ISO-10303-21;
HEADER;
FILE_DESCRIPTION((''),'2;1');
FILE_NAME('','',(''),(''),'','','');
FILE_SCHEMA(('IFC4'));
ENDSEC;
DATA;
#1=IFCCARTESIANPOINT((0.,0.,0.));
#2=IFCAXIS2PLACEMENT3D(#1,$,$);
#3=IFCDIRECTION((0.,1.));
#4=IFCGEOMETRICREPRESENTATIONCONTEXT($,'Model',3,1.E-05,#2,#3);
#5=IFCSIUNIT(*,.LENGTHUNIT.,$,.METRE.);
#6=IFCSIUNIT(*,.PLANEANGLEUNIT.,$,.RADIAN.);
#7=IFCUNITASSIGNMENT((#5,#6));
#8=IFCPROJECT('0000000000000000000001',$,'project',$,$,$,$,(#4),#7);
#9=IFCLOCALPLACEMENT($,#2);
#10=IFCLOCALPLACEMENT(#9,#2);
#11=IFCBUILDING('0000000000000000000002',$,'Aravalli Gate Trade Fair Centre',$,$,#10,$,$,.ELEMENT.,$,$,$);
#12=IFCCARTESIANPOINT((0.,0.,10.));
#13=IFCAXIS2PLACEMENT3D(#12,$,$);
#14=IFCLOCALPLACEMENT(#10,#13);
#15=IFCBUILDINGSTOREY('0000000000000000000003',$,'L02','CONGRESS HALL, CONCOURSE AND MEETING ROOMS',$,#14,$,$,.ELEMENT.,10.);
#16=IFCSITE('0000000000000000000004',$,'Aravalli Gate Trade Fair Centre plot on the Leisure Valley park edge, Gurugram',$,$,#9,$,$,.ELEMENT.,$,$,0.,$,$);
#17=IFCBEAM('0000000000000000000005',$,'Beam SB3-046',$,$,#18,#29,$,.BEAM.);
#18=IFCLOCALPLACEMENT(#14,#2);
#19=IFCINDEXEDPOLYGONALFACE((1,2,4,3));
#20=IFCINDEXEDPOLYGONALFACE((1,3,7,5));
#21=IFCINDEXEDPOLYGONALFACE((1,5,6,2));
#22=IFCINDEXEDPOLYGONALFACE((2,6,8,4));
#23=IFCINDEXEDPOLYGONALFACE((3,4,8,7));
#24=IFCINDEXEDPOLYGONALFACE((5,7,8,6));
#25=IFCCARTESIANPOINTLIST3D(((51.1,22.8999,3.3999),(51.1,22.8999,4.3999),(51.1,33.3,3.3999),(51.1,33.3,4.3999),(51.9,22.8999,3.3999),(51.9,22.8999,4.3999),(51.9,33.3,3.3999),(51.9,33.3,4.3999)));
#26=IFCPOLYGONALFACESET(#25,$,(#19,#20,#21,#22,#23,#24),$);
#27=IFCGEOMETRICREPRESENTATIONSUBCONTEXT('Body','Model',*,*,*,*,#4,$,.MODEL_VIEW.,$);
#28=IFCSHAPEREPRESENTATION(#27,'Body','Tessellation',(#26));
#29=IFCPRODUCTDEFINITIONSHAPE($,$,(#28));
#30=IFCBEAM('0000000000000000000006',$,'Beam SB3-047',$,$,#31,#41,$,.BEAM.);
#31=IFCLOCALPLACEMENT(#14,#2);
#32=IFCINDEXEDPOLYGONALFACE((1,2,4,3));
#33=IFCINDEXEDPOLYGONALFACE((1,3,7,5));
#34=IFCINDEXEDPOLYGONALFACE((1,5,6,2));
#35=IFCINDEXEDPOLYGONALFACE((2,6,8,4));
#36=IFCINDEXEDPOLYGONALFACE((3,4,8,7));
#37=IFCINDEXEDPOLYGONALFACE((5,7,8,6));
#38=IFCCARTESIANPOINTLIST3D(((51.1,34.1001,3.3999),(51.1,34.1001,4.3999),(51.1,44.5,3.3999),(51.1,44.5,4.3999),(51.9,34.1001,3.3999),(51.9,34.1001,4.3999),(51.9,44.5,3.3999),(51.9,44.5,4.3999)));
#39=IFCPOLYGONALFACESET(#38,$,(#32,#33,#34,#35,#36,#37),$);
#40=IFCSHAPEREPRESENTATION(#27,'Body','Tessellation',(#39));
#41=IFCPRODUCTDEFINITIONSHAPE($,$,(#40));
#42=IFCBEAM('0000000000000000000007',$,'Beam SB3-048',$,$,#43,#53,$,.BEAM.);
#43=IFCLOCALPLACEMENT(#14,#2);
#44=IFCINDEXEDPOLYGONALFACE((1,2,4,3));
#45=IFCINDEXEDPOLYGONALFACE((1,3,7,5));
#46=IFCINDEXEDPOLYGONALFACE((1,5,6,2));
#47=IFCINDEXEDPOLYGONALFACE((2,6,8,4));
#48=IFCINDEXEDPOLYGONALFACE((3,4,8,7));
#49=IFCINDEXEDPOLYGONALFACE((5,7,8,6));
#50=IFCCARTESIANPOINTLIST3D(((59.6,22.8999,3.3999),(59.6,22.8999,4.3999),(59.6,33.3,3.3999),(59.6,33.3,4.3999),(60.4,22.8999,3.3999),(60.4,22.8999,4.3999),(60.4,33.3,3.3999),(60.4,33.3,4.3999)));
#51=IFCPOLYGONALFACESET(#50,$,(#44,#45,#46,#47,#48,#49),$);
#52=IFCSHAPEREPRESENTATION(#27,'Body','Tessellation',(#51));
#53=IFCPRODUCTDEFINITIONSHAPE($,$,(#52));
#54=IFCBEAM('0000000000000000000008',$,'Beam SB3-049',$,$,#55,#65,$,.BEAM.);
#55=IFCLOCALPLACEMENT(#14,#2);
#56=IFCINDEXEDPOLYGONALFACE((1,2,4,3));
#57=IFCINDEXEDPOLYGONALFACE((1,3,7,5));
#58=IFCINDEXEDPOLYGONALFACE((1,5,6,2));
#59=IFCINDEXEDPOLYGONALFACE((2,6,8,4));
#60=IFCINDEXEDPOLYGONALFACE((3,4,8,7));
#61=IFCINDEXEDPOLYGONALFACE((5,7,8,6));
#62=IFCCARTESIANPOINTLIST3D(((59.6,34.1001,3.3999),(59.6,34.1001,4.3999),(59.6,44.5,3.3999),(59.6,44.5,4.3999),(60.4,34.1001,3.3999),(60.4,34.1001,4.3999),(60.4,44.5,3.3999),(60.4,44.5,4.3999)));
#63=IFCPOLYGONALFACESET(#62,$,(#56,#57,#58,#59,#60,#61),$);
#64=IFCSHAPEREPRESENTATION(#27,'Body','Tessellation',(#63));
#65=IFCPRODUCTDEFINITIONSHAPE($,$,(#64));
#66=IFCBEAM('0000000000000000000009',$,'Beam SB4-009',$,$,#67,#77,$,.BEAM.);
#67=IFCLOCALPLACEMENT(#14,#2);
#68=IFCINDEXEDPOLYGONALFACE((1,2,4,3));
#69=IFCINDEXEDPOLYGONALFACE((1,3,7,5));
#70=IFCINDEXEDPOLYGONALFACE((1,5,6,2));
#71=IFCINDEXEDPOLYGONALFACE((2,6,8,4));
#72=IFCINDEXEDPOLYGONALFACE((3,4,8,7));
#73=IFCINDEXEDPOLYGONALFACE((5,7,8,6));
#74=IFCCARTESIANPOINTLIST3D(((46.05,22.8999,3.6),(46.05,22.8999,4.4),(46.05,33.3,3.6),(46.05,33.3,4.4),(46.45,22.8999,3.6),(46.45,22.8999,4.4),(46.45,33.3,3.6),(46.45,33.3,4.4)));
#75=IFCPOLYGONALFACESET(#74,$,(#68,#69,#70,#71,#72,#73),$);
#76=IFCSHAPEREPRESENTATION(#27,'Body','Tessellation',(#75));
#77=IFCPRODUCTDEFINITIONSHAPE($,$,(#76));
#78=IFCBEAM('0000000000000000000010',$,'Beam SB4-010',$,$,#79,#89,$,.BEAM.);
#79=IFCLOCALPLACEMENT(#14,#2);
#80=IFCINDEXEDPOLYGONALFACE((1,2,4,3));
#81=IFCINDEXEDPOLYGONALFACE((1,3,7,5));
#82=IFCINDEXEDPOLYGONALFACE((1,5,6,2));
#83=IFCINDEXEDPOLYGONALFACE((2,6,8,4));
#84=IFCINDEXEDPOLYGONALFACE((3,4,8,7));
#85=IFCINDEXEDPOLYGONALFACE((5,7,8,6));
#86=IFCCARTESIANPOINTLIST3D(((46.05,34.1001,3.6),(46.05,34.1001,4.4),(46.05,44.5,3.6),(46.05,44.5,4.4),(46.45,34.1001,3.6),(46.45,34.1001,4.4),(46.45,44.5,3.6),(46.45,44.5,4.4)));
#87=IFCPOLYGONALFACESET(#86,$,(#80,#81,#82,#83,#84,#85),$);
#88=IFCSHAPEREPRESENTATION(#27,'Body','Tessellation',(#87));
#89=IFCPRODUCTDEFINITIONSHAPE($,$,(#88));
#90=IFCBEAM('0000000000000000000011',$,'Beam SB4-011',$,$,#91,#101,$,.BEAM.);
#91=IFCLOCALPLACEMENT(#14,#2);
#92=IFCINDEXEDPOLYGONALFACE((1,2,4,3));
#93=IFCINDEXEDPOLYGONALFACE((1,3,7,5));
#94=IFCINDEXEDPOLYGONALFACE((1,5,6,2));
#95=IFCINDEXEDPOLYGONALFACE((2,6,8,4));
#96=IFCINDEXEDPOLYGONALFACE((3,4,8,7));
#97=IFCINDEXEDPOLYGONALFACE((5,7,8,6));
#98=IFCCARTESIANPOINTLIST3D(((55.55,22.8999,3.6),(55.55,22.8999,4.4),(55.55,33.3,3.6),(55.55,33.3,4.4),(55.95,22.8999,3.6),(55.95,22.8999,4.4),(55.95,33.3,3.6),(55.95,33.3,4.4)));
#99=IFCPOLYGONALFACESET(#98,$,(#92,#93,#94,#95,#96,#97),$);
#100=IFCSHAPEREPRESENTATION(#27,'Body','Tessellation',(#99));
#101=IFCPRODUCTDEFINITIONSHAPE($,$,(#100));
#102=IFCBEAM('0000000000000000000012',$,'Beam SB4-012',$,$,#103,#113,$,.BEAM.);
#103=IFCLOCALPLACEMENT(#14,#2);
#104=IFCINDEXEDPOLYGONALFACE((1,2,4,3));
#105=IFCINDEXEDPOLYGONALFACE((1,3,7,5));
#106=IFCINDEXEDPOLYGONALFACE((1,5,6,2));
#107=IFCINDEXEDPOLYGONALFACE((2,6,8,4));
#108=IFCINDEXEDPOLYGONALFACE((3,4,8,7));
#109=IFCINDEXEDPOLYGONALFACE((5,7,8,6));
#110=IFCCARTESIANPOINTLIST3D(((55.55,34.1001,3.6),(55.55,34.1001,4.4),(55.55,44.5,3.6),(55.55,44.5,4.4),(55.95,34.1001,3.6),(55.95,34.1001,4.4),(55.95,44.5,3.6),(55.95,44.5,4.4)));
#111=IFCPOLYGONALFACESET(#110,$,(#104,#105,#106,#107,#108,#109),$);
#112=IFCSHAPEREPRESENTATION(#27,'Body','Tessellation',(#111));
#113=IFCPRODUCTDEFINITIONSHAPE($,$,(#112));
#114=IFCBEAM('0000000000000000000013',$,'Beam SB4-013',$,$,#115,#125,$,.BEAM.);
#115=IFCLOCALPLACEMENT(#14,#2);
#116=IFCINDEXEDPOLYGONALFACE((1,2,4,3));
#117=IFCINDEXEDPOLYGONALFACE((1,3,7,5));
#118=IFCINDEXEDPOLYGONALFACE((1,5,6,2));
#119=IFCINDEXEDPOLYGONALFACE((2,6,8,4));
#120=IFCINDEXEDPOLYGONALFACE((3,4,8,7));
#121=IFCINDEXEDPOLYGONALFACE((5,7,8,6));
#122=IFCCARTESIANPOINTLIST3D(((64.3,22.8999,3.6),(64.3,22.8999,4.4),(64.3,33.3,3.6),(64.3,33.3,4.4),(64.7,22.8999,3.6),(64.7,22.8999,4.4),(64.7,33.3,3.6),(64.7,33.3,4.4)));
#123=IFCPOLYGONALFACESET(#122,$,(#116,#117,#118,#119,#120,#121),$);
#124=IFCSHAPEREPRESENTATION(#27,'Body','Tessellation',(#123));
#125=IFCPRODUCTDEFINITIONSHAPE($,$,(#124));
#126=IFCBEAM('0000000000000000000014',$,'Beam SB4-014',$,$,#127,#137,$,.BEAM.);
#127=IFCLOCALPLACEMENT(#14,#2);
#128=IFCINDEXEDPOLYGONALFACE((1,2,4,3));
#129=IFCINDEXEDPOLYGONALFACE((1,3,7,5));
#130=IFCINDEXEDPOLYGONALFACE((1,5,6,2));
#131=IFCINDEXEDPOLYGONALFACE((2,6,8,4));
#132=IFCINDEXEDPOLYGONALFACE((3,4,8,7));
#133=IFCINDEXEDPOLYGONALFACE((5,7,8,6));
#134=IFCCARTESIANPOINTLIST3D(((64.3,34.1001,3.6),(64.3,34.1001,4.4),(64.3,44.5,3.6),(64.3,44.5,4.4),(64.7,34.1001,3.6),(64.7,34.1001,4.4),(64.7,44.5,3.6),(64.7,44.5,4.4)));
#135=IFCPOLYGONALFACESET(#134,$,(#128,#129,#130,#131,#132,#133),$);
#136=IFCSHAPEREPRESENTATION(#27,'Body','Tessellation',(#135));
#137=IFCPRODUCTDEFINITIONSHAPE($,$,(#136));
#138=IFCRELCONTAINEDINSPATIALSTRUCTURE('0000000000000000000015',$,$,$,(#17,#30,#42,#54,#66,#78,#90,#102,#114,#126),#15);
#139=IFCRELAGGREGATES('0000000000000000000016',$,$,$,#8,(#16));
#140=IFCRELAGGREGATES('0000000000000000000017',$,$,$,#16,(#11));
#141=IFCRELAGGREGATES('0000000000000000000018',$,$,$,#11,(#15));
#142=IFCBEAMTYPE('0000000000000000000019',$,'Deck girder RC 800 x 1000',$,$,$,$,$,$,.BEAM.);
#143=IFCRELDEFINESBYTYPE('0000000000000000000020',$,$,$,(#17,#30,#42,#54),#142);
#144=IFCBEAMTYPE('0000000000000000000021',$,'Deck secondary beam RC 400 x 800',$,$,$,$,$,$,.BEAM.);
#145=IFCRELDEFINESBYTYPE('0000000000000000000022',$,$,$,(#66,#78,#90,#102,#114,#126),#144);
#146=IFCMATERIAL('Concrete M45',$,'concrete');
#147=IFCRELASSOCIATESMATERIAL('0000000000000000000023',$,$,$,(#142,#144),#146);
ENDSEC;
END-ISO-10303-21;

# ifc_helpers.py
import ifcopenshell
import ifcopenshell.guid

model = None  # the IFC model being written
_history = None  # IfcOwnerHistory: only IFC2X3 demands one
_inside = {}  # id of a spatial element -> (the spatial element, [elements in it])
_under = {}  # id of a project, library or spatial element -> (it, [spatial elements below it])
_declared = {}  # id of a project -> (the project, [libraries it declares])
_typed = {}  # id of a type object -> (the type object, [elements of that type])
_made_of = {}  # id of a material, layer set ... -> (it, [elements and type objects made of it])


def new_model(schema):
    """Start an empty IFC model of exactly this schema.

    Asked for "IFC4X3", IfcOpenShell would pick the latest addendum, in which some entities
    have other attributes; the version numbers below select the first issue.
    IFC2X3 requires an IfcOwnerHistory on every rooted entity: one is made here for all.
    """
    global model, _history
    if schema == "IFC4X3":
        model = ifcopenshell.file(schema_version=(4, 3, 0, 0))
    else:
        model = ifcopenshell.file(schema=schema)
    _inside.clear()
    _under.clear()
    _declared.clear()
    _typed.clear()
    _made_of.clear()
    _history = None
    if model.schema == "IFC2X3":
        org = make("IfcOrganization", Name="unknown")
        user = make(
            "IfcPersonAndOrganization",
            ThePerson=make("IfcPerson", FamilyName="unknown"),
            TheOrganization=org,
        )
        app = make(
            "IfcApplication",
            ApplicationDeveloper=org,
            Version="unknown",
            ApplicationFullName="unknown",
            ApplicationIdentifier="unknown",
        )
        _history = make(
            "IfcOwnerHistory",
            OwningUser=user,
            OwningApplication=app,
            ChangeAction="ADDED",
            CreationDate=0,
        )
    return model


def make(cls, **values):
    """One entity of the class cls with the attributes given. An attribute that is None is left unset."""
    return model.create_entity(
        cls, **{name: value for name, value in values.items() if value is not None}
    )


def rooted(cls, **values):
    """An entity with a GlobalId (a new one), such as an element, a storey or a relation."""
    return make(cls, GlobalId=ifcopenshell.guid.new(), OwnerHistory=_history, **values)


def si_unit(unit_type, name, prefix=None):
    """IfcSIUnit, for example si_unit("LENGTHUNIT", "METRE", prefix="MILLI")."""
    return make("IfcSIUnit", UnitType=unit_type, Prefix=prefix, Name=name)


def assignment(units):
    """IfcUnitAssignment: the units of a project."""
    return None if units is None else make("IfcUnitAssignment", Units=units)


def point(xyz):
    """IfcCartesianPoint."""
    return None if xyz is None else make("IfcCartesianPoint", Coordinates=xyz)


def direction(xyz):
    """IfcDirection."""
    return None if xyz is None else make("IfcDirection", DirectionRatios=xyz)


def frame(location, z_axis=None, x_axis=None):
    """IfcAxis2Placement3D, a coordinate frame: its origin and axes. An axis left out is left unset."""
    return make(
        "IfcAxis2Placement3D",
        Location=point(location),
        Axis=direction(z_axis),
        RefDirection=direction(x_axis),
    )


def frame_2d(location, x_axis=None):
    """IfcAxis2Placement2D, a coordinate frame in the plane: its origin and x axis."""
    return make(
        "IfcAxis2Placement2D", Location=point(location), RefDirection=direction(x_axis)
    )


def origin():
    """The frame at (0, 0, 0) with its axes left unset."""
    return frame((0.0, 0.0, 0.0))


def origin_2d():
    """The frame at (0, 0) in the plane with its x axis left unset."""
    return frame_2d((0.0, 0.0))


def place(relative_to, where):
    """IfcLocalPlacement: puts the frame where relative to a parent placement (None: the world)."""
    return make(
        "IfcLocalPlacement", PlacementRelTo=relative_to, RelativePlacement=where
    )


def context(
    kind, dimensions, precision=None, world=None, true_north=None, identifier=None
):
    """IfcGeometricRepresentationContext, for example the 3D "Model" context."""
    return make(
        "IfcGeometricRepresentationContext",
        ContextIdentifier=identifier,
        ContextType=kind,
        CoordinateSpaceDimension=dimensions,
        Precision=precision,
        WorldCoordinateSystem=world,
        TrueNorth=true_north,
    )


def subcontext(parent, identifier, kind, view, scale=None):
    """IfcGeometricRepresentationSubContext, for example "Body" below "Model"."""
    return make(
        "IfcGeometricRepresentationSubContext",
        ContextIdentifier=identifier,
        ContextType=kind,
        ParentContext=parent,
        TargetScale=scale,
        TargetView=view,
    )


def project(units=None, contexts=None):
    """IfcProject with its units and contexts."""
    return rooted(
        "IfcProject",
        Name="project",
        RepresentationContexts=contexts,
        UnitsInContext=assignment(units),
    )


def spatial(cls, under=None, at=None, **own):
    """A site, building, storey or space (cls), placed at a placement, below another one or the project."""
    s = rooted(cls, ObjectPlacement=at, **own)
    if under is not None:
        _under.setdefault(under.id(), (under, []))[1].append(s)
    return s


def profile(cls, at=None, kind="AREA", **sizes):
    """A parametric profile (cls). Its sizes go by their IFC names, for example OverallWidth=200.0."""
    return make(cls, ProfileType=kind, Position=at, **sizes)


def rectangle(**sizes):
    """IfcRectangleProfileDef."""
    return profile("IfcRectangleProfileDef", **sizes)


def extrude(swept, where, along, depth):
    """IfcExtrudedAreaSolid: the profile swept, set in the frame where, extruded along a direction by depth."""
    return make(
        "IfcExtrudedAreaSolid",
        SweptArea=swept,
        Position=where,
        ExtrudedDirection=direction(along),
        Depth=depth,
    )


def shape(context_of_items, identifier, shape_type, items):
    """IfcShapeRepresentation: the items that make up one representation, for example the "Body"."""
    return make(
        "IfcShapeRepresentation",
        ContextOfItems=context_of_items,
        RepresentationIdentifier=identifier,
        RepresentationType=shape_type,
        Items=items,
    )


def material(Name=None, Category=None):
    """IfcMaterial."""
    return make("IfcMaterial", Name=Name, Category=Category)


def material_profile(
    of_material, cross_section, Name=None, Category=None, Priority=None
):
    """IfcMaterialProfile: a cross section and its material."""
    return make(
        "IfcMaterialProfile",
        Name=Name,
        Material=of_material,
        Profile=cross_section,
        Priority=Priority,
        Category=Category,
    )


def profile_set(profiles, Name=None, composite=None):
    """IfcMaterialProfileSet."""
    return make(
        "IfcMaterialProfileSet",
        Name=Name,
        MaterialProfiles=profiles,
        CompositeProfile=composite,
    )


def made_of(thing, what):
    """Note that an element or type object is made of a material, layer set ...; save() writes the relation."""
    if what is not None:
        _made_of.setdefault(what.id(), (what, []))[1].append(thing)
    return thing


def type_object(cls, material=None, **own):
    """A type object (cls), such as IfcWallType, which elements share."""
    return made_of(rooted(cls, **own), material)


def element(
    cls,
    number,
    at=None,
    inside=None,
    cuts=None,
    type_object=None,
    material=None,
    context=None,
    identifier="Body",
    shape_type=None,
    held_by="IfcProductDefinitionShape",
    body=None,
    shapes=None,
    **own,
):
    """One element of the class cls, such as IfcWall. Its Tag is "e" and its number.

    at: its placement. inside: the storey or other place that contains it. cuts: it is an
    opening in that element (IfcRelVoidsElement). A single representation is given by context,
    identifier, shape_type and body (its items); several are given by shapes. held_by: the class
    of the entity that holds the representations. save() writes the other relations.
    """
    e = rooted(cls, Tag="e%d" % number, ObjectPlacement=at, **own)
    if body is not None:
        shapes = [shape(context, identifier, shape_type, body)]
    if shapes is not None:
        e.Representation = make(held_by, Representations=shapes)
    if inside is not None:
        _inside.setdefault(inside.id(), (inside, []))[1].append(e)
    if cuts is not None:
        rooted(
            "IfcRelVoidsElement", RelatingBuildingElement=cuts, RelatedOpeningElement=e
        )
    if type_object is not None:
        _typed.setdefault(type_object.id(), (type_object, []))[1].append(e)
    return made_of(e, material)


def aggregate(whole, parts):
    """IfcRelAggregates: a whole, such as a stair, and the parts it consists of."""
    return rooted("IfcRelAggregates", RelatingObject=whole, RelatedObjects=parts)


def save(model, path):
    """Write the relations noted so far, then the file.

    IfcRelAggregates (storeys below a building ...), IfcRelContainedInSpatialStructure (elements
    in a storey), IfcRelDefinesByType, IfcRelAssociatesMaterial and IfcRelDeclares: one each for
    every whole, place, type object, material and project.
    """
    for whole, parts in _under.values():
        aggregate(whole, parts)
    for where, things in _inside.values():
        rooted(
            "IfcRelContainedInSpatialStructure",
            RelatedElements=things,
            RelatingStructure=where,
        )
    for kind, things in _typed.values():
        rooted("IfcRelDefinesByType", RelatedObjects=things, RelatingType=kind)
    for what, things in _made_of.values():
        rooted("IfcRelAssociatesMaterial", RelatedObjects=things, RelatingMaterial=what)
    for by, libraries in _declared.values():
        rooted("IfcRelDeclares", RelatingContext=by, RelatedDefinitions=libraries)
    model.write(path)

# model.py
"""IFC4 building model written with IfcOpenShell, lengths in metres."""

from ifc_helpers import new_model, si_unit, direction, frame, origin, origin_2d, place, context, subcontext, project, spatial, rectangle, extrude, material, material_profile, profile_set, type_object, element, save


model = new_model("IFC4")

# Units and contexts
model_context = context("Model", 3, precision=1e-05, world=origin(), true_north=direction((0.0, 1.0)))
body_context = subcontext(model_context, "Body", "Model", "MODEL_VIEW")
ifc_project = project(units=[si_unit("LENGTHUNIT", "METRE"), si_unit("PLANEANGLEUNIT", "RADIAN")], contexts=[model_context])

# Site, building, storey
site_placement = place(None, origin())
site = spatial("IfcSite", under=ifc_project, at=site_placement, Name="Aravalli Gate Trade Fair Centre plot on the Leisure Valley park edge, Gurugram", CompositionType="ELEMENT", RefElevation=0.0)
building_placement = place(site_placement, origin())
building = spatial("IfcBuilding", under=site, at=building_placement, Name="Aravalli Gate Trade Fair Centre", CompositionType="ELEMENT")
storey_placement = place(building_placement, frame((0.0, 0.0, 10.0)))
storey = spatial("IfcBuildingStorey", under=building, at=storey_placement, Name="L02", Description="CONGRESS HALL, CONCOURSE AND MEETING ROOMS", CompositionType="ELEMENT", Elevation=10.0)

# Shared definitions
ifc_material = material(Name="Concrete M45", Category="concrete")

# Beams
ifc_material_profile_1 = material_profile(ifc_material, rectangle(XDim=0.8, YDim=1.0, at=origin_2d()), Name="Deck girder RC 800 x 1000")
ifc_profile_set_1 = profile_set([ifc_material_profile_1], Name="Concrete M45")
beam_type_1 = type_object("IfcBeamType", Name="Deck girder RC 800 x 1000", PredefinedType="BEAM", material=ifc_profile_set_1)
beam_1_placement = place(storey_placement, frame((51.5, 22.8999, 3.8999), z_axis=(0.0, 1.0, 0.0), x_axis=(-1.0, 0.0, 0.0)))
element("IfcBeam", 1, at=beam_1_placement, inside=storey, type_object=beam_type_1, Name="Beam SB3-046", PredefinedType="BEAM", context=body_context, shape_type="SweptSolid", body=[
    extrude(rectangle(XDim=0.8, YDim=1.0, at=origin_2d()), origin(), (0.0, 0.0, 1.0), 10.4001),
])
beam_2_placement = place(storey_placement, frame((51.5, 34.1001, 3.8999), z_axis=(0.0, 1.0, 0.0), x_axis=(-1.0, 0.0, 0.0)))
element("IfcBeam", 2, at=beam_2_placement, inside=storey, type_object=beam_type_1, Name="Beam SB3-047", PredefinedType="BEAM", context=body_context, shape_type="SweptSolid", body=[
    extrude(rectangle(XDim=0.8, YDim=1.0, at=origin_2d()), origin(), (0.0, 0.0, 1.0), 10.3999),
])
beam_3_placement = place(storey_placement, frame((60.0, 22.8999, 3.8999), z_axis=(0.0, 1.0, 0.0), x_axis=(-1.0, 0.0, 0.0)))
element("IfcBeam", 3, at=beam_3_placement, inside=storey, type_object=beam_type_1, Name="Beam SB3-048", PredefinedType="BEAM", context=body_context, shape_type="SweptSolid", body=[
    extrude(rectangle(XDim=0.8, YDim=1.0, at=origin_2d()), origin(), (0.0, 0.0, 1.0), 10.4001),
])
beam_4_placement = place(storey_placement, frame((60.0, 34.1001, 3.8999), z_axis=(0.0, 1.0, 0.0), x_axis=(-1.0, 0.0, 0.0)))
element("IfcBeam", 4, at=beam_4_placement, inside=storey, type_object=beam_type_1, Name="Beam SB3-049", PredefinedType="BEAM", context=body_context, shape_type="SweptSolid", body=[
    extrude(rectangle(XDim=0.8, YDim=1.0, at=origin_2d()), origin(), (0.0, 0.0, 1.0), 10.3999),
])
ifc_material_profile_2 = material_profile(ifc_material, rectangle(XDim=0.3999, YDim=0.8, at=origin_2d()), Name="Deck secondary beam RC 400 x 800")
ifc_profile_set_2 = profile_set([ifc_material_profile_2], Name="Concrete M45")
beam_type_2 = type_object("IfcBeamType", Name="Deck secondary beam RC 400 x 800", PredefinedType="BEAM", material=ifc_profile_set_2)
beam_5_placement = place(storey_placement, frame((46.25, 22.8999, 4.0), z_axis=(0.0, 1.0, 0.0), x_axis=(-1.0, 0.0, 0.0)))
element("IfcBeam", 5, at=beam_5_placement, inside=storey, type_object=beam_type_2, Name="Beam SB4-009", PredefinedType="BEAM", context=body_context, shape_type="SweptSolid", body=[
    extrude(rectangle(XDim=0.3999, YDim=0.8, at=origin_2d()), origin(), (0.0, 0.0, 1.0), 10.4001),
])
beam_6_placement = place(storey_placement, frame((46.25, 34.1001, 4.0), z_axis=(0.0, 1.0, 0.0), x_axis=(-1.0, 0.0, 0.0)))
element("IfcBeam", 6, at=beam_6_placement, inside=storey, type_object=beam_type_2, Name="Beam SB4-010", PredefinedType="BEAM", context=body_context, shape_type="SweptSolid", body=[
    extrude(rectangle(XDim=0.3999, YDim=0.8, at=origin_2d()), origin(), (0.0, 0.0, 1.0), 10.3999),
])
beam_7_placement = place(storey_placement, frame((55.75, 22.8999, 4.0), z_axis=(0.0, 1.0, 0.0), x_axis=(-1.0, 0.0, 0.0)))
element("IfcBeam", 7, at=beam_7_placement, inside=storey, type_object=beam_type_2, Name="Beam SB4-011", PredefinedType="BEAM", context=body_context, shape_type="SweptSolid", body=[
    extrude(rectangle(XDim=0.3999, YDim=0.8, at=origin_2d()), origin(), (0.0, 0.0, 1.0), 10.4001),
])
beam_8_placement = place(storey_placement, frame((55.75, 34.1001, 4.0), z_axis=(0.0, 1.0, 0.0), x_axis=(-1.0, 0.0, 0.0)))
element("IfcBeam", 8, at=beam_8_placement, inside=storey, type_object=beam_type_2, Name="Beam SB4-012", PredefinedType="BEAM", context=body_context, shape_type="SweptSolid", body=[
    extrude(rectangle(XDim=0.3999, YDim=0.8, at=origin_2d()), origin(), (0.0, 0.0, 1.0), 10.3999),
])
beam_9_placement = place(storey_placement, frame((64.5, 22.8999, 4.0), z_axis=(0.0, 1.0, 0.0), x_axis=(-1.0, 0.0, 0.0)))
element("IfcBeam", 9, at=beam_9_placement, inside=storey, type_object=beam_type_2, Name="Beam SB4-013", PredefinedType="BEAM", context=body_context, shape_type="SweptSolid", body=[
    extrude(rectangle(XDim=0.3999, YDim=0.8, at=origin_2d()), origin(), (0.0, 0.0, 1.0), 10.4001),
])
beam_10_placement = place(storey_placement, frame((64.5, 34.1001, 4.0), z_axis=(0.0, 1.0, 0.0), x_axis=(-1.0, 0.0, 0.0)))
element("IfcBeam", 10, at=beam_10_placement, inside=storey, type_object=beam_type_2, Name="Beam SB4-014", PredefinedType="BEAM", context=body_context, shape_type="SweptSolid", body=[
    extrude(rectangle(XDim=0.3999, YDim=0.8, at=origin_2d()), origin(), (0.0, 0.0, 1.0), 10.3999),
])

save(model, "model.ifc")
